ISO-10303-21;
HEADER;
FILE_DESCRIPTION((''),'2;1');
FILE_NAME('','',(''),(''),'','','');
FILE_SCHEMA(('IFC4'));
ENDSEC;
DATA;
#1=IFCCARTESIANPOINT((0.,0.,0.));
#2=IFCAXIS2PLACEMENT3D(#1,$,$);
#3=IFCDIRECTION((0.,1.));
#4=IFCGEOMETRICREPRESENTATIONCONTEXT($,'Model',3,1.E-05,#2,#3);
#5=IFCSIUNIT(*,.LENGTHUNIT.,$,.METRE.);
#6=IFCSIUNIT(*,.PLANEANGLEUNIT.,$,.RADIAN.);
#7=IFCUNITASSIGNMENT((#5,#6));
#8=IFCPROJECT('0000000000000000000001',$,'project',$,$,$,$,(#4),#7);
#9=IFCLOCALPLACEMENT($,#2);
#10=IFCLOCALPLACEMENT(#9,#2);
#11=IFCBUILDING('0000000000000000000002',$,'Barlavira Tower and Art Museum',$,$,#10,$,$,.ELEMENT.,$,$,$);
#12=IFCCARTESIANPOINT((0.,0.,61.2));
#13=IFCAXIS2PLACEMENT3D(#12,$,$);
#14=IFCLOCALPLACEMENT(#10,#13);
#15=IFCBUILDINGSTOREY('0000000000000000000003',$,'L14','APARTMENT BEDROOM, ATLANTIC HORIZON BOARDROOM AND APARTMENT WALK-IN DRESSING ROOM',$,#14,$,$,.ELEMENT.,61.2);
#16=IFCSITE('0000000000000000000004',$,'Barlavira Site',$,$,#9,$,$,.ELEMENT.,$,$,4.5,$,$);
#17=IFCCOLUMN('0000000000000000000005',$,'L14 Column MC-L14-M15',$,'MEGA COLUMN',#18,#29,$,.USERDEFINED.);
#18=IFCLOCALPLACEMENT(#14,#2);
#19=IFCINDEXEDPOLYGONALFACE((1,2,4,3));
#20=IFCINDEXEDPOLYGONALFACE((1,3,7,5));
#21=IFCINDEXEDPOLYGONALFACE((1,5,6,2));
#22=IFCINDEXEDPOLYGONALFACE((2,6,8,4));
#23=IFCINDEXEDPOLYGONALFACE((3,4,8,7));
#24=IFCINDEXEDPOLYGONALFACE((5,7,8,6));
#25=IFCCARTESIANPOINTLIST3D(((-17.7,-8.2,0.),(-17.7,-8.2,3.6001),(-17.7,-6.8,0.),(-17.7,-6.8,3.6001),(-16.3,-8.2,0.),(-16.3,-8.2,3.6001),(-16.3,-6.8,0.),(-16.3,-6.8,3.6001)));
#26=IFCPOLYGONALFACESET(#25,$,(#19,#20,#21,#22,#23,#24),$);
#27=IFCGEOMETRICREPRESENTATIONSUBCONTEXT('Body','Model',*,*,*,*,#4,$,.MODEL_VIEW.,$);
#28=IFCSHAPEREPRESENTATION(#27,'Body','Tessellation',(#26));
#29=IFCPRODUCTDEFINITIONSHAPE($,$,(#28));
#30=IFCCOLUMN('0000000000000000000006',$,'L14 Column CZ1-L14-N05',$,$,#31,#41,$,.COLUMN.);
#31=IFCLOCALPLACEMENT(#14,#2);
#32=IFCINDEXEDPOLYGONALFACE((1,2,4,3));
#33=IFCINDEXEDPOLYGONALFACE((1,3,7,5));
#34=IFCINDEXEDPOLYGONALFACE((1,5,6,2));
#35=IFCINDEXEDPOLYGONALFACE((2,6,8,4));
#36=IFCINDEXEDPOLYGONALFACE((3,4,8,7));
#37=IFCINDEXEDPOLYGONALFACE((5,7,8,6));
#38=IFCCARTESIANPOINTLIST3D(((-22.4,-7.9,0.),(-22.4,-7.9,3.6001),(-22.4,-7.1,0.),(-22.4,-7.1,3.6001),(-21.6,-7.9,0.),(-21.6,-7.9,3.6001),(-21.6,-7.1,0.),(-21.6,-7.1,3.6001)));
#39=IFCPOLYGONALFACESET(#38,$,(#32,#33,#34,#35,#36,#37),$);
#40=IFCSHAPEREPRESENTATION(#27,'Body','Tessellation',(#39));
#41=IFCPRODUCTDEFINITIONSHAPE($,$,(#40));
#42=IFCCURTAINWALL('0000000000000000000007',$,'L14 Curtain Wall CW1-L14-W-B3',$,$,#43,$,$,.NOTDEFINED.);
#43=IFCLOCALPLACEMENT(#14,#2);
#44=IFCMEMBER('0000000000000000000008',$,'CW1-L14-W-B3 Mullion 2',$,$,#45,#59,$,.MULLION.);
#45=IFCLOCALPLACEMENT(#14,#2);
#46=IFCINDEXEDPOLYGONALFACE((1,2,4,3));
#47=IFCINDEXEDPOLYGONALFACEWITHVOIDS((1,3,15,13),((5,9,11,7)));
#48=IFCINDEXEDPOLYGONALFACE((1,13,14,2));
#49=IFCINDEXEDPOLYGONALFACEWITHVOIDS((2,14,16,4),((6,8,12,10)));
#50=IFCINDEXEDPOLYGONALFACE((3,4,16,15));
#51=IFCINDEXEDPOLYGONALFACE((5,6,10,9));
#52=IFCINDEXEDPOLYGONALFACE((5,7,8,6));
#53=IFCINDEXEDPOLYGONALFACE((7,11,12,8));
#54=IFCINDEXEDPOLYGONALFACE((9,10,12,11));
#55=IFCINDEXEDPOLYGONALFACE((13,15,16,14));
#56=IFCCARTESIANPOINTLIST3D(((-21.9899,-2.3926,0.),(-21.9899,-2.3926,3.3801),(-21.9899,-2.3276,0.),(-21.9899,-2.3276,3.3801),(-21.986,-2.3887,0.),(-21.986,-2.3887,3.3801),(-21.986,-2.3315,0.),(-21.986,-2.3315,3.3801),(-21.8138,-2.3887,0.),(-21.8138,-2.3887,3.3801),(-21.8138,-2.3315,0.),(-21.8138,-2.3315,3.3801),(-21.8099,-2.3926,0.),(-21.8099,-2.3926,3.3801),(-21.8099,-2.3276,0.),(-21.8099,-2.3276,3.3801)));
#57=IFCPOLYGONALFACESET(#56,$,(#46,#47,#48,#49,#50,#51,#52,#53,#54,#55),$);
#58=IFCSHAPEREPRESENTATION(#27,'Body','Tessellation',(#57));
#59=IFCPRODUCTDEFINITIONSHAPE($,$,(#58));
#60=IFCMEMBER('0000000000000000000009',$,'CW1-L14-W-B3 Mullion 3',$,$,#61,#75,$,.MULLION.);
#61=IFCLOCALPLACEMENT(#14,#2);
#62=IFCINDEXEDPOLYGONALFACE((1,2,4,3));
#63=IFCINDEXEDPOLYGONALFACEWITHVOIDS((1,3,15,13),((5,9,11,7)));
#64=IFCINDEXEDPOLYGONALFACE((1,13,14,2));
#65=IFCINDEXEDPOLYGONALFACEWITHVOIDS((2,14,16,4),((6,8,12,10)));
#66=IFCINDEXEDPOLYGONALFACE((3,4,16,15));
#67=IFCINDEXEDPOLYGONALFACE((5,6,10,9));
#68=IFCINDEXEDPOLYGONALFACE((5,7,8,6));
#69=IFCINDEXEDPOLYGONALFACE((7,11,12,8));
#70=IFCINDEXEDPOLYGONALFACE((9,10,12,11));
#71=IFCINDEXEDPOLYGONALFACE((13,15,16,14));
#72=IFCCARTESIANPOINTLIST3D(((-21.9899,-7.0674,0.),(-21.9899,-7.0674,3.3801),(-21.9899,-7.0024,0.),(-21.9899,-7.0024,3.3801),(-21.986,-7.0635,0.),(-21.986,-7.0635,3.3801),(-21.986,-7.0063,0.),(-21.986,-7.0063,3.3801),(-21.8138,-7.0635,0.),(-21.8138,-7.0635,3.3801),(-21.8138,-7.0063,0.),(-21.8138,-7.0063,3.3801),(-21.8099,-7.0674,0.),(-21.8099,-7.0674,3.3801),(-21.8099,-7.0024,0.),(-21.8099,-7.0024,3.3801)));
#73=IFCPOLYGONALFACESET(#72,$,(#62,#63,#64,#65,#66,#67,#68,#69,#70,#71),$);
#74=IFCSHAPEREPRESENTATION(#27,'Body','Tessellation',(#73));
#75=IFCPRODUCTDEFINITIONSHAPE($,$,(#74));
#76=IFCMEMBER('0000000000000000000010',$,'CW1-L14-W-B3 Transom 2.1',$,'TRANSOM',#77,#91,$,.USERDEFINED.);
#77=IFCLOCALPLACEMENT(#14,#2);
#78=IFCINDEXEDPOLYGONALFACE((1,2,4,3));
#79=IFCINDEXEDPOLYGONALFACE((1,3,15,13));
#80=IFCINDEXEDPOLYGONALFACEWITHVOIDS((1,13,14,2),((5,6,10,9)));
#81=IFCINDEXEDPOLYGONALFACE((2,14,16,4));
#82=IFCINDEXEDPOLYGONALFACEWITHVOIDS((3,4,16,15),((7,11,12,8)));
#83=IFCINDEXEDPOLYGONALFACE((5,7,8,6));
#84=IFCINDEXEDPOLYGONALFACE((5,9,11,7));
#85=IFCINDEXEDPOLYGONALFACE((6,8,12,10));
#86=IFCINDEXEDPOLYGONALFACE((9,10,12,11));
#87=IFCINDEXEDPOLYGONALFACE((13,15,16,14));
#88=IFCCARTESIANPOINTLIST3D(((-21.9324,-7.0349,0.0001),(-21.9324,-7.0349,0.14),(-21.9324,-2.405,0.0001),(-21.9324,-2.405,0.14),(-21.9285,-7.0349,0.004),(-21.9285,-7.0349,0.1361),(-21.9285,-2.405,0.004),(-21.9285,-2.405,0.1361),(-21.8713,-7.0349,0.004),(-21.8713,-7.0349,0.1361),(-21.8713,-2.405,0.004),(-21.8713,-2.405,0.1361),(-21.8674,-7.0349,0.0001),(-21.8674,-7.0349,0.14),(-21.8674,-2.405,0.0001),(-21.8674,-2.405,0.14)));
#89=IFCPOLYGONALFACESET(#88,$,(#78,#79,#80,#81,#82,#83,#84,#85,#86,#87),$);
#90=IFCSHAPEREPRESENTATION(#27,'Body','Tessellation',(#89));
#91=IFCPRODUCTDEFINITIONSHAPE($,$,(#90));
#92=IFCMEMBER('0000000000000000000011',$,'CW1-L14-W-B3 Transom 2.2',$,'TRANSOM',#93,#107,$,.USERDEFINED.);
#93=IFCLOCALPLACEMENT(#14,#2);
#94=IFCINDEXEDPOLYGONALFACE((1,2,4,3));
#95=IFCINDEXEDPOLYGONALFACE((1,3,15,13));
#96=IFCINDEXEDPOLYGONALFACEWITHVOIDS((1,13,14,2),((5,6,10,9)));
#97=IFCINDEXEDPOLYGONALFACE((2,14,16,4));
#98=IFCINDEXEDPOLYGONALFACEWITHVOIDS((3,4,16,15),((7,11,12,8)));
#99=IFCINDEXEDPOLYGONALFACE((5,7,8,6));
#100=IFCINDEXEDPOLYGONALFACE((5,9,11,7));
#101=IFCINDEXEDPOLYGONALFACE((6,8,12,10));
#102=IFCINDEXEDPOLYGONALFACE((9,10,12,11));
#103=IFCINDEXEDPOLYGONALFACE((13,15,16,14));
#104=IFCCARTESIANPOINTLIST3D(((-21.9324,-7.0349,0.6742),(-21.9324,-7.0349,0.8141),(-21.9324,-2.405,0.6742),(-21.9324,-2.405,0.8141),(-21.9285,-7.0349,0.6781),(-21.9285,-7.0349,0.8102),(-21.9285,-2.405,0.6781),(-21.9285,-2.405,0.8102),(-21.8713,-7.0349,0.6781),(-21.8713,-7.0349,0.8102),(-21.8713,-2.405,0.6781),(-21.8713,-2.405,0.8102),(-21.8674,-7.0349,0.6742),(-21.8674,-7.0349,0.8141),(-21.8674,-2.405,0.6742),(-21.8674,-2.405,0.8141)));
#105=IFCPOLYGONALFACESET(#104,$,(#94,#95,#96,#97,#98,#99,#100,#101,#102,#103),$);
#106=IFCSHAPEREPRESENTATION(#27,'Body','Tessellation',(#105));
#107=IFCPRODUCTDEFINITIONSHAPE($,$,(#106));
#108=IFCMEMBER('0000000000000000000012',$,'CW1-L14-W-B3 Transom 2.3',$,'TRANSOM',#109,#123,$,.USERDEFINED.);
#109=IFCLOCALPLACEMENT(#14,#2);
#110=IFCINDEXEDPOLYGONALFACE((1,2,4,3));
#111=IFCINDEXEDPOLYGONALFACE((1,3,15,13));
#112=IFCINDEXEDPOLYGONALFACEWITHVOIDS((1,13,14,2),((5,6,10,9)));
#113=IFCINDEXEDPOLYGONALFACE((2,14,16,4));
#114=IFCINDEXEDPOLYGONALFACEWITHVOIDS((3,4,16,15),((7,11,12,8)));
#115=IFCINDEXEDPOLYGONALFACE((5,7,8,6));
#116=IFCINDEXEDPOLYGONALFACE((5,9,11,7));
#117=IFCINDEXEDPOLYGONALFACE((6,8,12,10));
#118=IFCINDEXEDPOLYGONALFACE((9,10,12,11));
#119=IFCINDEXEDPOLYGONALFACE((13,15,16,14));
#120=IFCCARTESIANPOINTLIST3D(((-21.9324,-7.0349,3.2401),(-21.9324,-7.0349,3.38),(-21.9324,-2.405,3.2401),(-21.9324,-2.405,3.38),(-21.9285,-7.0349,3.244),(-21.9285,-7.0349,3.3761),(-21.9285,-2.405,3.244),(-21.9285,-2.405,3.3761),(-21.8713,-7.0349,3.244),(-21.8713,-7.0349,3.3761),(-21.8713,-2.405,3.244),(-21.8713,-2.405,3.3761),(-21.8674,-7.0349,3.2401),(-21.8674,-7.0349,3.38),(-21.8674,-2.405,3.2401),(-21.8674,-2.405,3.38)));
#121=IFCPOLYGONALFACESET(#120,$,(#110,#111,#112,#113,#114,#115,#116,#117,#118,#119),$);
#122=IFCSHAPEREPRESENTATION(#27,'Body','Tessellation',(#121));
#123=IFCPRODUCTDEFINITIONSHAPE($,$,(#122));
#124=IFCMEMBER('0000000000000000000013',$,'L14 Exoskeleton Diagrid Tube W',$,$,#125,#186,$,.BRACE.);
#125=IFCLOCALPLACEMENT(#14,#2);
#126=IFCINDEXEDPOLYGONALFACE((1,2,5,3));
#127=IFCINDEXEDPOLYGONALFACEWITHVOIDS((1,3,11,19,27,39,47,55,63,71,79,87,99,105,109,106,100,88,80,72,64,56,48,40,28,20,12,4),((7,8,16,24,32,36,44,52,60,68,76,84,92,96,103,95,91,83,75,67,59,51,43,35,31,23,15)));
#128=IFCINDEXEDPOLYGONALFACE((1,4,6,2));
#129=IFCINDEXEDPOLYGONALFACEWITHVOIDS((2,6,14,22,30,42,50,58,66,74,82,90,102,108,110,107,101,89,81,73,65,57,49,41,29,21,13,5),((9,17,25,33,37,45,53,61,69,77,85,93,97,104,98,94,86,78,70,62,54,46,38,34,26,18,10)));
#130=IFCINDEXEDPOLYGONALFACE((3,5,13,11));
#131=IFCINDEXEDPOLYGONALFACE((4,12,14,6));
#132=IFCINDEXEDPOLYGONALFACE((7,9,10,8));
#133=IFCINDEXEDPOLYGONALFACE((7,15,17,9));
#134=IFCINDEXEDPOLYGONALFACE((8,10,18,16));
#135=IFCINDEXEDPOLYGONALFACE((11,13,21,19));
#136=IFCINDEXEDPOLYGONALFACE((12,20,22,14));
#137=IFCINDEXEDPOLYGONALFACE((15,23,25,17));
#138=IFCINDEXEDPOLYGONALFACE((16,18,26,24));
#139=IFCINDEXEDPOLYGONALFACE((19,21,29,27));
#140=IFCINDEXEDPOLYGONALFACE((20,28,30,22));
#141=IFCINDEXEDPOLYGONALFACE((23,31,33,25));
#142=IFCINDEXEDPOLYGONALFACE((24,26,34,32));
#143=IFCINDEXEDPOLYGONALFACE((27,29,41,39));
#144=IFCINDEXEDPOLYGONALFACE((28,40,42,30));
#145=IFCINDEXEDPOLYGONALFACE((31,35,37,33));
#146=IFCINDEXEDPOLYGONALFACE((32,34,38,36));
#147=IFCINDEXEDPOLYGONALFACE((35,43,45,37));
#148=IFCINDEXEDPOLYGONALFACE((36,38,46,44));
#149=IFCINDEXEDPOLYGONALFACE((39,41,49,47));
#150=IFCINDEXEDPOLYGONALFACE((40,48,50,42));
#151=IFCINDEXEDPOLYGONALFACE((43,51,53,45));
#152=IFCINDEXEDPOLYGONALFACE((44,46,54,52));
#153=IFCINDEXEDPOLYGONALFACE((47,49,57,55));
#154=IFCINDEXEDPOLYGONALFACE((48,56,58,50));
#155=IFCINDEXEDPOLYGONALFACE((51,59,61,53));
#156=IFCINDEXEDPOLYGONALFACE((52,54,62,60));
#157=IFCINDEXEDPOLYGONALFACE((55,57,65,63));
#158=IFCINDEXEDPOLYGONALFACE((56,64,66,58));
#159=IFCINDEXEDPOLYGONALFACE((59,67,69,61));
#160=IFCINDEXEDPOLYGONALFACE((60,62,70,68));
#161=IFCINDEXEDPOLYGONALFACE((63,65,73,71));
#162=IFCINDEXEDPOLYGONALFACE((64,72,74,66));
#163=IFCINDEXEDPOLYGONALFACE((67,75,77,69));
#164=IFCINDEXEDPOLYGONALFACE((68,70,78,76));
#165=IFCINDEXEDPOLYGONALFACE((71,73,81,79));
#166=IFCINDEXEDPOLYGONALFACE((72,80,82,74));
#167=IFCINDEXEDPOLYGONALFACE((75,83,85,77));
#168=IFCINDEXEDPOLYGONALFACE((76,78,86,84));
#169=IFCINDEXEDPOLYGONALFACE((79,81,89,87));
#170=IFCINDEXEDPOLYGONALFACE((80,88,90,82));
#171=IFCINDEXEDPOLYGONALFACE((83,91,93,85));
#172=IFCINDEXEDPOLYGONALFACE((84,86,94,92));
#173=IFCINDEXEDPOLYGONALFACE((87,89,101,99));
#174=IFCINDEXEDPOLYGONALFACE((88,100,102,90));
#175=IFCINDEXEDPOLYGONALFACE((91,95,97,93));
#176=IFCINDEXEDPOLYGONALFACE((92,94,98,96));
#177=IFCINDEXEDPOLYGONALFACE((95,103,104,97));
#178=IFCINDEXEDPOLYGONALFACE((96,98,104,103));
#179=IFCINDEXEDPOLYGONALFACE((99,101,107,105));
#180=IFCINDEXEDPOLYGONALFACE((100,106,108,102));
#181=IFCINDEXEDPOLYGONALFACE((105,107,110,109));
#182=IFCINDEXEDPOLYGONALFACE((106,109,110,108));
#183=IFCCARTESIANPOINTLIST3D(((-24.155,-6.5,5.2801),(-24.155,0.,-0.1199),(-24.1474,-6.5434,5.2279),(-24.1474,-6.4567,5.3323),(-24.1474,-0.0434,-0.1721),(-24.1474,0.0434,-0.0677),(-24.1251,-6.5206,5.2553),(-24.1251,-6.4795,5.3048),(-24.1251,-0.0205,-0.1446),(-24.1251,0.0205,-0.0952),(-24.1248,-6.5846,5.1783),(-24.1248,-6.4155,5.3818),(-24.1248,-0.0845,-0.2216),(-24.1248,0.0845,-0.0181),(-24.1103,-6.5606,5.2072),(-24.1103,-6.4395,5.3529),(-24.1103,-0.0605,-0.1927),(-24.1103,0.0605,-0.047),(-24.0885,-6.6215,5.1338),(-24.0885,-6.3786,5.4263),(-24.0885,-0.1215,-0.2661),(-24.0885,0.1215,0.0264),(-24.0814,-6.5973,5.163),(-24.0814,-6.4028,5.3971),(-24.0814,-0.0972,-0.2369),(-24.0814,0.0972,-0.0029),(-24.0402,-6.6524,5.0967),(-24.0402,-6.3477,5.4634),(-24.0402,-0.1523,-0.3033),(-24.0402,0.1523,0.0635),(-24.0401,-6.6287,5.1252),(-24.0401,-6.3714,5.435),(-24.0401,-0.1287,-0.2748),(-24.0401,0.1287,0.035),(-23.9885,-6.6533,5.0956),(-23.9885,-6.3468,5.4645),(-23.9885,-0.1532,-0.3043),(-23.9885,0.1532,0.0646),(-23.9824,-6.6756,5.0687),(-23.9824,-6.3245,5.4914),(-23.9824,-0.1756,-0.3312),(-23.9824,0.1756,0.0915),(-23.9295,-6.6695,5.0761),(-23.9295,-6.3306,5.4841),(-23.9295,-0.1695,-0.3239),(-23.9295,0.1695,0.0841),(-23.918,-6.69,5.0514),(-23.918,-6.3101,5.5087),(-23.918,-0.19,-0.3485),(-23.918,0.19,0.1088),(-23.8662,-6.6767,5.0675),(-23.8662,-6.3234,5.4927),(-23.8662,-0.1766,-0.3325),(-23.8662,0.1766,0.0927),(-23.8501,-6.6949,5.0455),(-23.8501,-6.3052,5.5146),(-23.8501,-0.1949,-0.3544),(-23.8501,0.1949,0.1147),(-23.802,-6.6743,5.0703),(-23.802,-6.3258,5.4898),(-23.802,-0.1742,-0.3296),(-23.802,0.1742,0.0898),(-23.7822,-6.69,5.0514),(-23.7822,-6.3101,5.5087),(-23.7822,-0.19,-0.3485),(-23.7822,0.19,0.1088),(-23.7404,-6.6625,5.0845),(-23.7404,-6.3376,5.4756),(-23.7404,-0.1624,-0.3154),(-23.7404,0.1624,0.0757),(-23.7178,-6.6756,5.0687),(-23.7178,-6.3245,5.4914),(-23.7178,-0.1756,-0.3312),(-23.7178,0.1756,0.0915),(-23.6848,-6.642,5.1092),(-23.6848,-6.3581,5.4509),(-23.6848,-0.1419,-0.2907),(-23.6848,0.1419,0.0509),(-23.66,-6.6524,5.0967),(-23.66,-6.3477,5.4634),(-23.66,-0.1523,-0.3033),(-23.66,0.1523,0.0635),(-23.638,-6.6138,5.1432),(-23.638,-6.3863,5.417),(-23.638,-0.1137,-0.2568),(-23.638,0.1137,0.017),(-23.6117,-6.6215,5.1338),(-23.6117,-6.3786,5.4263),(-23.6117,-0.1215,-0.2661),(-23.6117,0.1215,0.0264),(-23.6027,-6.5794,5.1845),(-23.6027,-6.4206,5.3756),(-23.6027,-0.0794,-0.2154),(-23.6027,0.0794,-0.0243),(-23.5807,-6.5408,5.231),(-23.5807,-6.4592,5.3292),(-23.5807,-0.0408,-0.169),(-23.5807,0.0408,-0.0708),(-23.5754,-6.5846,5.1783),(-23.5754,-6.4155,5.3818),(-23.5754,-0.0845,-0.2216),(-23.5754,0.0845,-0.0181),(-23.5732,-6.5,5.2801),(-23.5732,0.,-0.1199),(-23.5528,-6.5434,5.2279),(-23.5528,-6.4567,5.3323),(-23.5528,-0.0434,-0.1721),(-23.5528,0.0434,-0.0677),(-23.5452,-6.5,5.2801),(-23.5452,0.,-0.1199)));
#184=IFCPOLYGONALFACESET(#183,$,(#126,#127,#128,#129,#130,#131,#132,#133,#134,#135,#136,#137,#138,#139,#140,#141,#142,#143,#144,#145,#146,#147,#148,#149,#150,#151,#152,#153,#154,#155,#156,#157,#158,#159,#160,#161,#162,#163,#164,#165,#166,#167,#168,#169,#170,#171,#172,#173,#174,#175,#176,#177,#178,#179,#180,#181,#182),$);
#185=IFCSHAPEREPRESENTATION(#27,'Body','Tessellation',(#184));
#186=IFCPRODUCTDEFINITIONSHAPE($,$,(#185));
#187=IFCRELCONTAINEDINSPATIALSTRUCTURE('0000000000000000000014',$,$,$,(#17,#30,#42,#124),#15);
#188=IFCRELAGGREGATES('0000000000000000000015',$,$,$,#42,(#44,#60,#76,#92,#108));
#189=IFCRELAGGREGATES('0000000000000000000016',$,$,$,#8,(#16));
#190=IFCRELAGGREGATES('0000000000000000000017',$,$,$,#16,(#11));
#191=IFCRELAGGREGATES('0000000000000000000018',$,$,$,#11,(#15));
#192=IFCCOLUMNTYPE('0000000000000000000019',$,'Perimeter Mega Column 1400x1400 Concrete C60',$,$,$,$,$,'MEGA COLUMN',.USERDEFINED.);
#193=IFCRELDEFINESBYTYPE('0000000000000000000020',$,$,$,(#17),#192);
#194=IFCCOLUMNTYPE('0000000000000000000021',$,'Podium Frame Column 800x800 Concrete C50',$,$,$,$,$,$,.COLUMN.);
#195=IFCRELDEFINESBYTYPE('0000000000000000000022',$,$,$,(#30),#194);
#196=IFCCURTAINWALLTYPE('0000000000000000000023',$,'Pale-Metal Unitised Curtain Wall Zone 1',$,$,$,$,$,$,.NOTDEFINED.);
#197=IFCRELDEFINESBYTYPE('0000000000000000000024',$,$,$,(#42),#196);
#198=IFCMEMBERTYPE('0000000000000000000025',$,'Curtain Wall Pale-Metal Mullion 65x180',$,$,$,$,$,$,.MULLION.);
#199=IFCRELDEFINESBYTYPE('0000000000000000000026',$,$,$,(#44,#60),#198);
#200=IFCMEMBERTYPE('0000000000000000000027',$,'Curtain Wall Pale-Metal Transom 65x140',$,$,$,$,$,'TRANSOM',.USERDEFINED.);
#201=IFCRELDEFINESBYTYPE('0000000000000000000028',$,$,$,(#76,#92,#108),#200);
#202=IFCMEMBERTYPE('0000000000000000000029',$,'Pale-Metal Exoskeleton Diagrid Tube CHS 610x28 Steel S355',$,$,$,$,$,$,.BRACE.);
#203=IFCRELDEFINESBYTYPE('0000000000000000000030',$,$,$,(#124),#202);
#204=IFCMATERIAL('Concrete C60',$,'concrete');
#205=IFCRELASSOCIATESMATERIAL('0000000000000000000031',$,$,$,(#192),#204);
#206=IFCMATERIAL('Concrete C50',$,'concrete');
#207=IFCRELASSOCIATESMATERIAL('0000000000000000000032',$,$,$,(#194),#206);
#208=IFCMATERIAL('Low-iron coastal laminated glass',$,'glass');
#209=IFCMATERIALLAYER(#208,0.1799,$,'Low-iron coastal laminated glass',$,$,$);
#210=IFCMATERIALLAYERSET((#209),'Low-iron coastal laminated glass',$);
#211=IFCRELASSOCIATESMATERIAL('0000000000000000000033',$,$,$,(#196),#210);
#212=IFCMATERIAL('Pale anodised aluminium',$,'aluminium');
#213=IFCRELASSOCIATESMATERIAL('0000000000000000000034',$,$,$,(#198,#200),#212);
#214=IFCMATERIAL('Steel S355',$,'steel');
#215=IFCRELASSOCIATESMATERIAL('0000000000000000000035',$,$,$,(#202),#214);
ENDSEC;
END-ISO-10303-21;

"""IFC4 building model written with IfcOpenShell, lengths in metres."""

from ifc_helpers import new_model, si_unit, direction, frame, origin, origin_2d, place, context, subcontext, project, spatial, rectangle, hollow_rectangle, hollow_circle, extrude, material, layer, layer_set, material_profile, profile_set, type_object, element, aggregate, save


model = new_model("IFC4")

# Units and contexts
model_context = context("Model", 3, precision=1e-05, world=origin(), true_north=direction((0.0, 1.0)))
body_context = subcontext(model_context, "Body", "Model", "MODEL_VIEW")
ifc_project = project(units=[si_unit("LENGTHUNIT", "METRE"), si_unit("PLANEANGLEUNIT", "RADIAN")], contexts=[model_context])

# Site, building, storey
site_placement = place(None, origin())
site = spatial("IfcSite", under=ifc_project, at=site_placement, Name="Barlavira Site", CompositionType="ELEMENT", RefElevation=4.5)
building_placement = place(site_placement, origin())
building = spatial("IfcBuilding", under=site, at=building_placement, Name="Barlavira Tower and Art Museum", CompositionType="ELEMENT")
storey_placement = place(building_placement, frame((0.0, 0.0, 61.2)))
storey = spatial("IfcBuildingStorey", under=building, at=storey_placement, Name="L14", Description="APARTMENT BEDROOM, ATLANTIC HORIZON BOARDROOM AND APARTMENT WALK-IN DRESSING ROOM", CompositionType="ELEMENT", Elevation=61.2)

# Columns
ifc_material_1 = material(Name="Concrete C60", Category="concrete")
ifc_material_profile_1 = material_profile(ifc_material_1, rectangle(XDim=1.3999, YDim=1.3999, at=origin_2d()), Name="RC-MCOL 1400x1400")
ifc_profile_set_1 = profile_set([ifc_material_profile_1], Name="Concrete C60")
column_type_1 = type_object("IfcColumnType", Name="Perimeter Mega Column 1400x1400 Concrete C60", ElementType="MEGA COLUMN", PredefinedType="USERDEFINED", material=ifc_profile_set_1)
column_1_placement = place(storey_placement, frame((-17.0, -7.5, 0.0), z_axis=(0.0, 0.0, 1.0), x_axis=(1.0, 0.0, 0.0)))
element("IfcColumn", 1, at=column_1_placement, inside=storey, type_object=column_type_1, Name="L14 Column MC-L14-M15", ObjectType="MEGA COLUMN", PredefinedType="USERDEFINED", context=body_context, shape_type="SweptSolid", body=[
    extrude(rectangle(XDim=1.3999, YDim=1.3999, at=origin_2d()), origin(), (0.0, 0.0, 1.0), 3.6001),
])
ifc_material_2 = material(Name="Concrete C50", Category="concrete")
ifc_material_profile_2 = material_profile(ifc_material_2, rectangle(XDim=0.8, YDim=0.8, at=origin_2d()), Name="RC-COL 800x800")
ifc_profile_set_2 = profile_set([ifc_material_profile_2], Name="Concrete C50")
column_type_2 = type_object("IfcColumnType", Name="Podium Frame Column 800x800 Concrete C50", PredefinedType="COLUMN", material=ifc_profile_set_2)
column_2_placement = place(storey_placement, frame((-22.0, -7.5, 0.0), z_axis=(0.0, 0.0, 1.0), x_axis=(1.0, 0.0, 0.0)))
element("IfcColumn", 2, at=column_2_placement, inside=storey, type_object=column_type_2, Name="L14 Column CZ1-L14-N05", PredefinedType="COLUMN", context=body_context, shape_type="SweptSolid", body=[
    extrude(rectangle(XDim=0.8, YDim=0.8, at=origin_2d()), origin(), (0.0, 0.0, 1.0), 3.6001),
])

# Curtain wall, members
ifc_material_3 = material(Name="Low-iron coastal laminated glass", Category="glass")
ifc_layer_1 = layer(ifc_material_3, 0.1799, Name="Low-iron coastal laminated glass")
ifc_layer_set_1 = layer_set([ifc_layer_1], Name="Low-iron coastal laminated glass")
curtain_wall_type = type_object("IfcCurtainWallType", Name="Pale-Metal Unitised Curtain Wall Zone 1", PredefinedType="NOTDEFINED", material=ifc_layer_set_1)
curtain_wall_placement = place(storey_placement, origin())
curtain_wall = element("IfcCurtainWall", 3, at=curtain_wall_placement, inside=storey, type_object=curtain_wall_type, Name="L14 Curtain Wall CW1-L14-W-B3", PredefinedType="NOTDEFINED")
ifc_material_4 = material(Name="Pale anodised aluminium", Category="aluminium")
ifc_material_profile_3 = material_profile(ifc_material_4, hollow_rectangle(XDim=0.0649, YDim=0.1799, WallThickness=0.0039, at=origin_2d()), Name="ALU-MULL 65x180x4")
ifc_profile_set_3 = profile_set([ifc_material_profile_3], Name="Pale anodised aluminium")
member_type_1 = type_object("IfcMemberType", Name="Curtain Wall Pale-Metal Mullion 65x180", PredefinedType="MULLION", material=ifc_profile_set_3)
member_1_placement = place(storey_placement, frame((-21.8999, -2.3601, 0.0), z_axis=(0.0, 0.0, 1.0), x_axis=(0.0, -1.0, 0.0)))
member_1 = element("IfcMember", 4, at=member_1_placement, type_object=member_type_1, Name="CW1-L14-W-B3 Mullion 2", PredefinedType="MULLION", context=body_context, shape_type="SweptSolid", body=[
    extrude(hollow_rectangle(XDim=0.0649, YDim=0.1799, WallThickness=0.0039, at=origin_2d()), origin(), (0.0, 0.0, 1.0), 3.3801),
])
member_2_placement = place(storey_placement, frame((-21.8999, -7.0349, 0.0), z_axis=(0.0, 0.0, 1.0), x_axis=(0.0, -1.0, 0.0)))
member_2 = element("IfcMember", 5, at=member_2_placement, type_object=member_type_1, Name="CW1-L14-W-B3 Mullion 3", PredefinedType="MULLION", context=body_context, shape_type="SweptSolid", body=[
    extrude(hollow_rectangle(XDim=0.0649, YDim=0.1799, WallThickness=0.0039, at=origin_2d()), origin(), (0.0, 0.0, 1.0), 3.3801),
])
ifc_material_profile_4 = material_profile(ifc_material_4, hollow_rectangle(XDim=0.0649, YDim=0.1399, WallThickness=0.0039, at=origin_2d()), Name="ALU-TRAN 65x140x4")
ifc_profile_set_4 = profile_set([ifc_material_profile_4], Name="Pale anodised aluminium")
member_type_2 = type_object("IfcMemberType", Name="Curtain Wall Pale-Metal Transom 65x140", ElementType="TRANSOM", PredefinedType="USERDEFINED", material=ifc_profile_set_4)
member_3_placement = place(storey_placement, frame((-21.8999, -2.405, 0.0701), z_axis=(0.0, -1.0, 0.0), x_axis=(1.0, 0.0, 0.0)))
member_3 = element("IfcMember", 6, at=member_3_placement, type_object=member_type_2, Name="CW1-L14-W-B3 Transom 2.1", ObjectType="TRANSOM", PredefinedType="USERDEFINED", context=body_context, shape_type="SweptSolid", body=[
    extrude(hollow_rectangle(XDim=0.0649, YDim=0.1399, WallThickness=0.0039, at=origin_2d()), origin(), (0.0, 0.0, 1.0), 4.6299),
])
member_4_placement = place(storey_placement, frame((-21.8999, -2.405, 0.7441), z_axis=(0.0, -1.0, 0.0), x_axis=(1.0, 0.0, 0.0)))
member_4 = element("IfcMember", 7, at=member_4_placement, type_object=member_type_2, Name="CW1-L14-W-B3 Transom 2.2", ObjectType="TRANSOM", PredefinedType="USERDEFINED", context=body_context, shape_type="SweptSolid", body=[
    extrude(hollow_rectangle(XDim=0.0649, YDim=0.1399, WallThickness=0.0039, at=origin_2d()), origin(), (0.0, 0.0, 1.0), 4.6299),
])
member_5_placement = place(storey_placement, frame((-21.8999, -2.405, 3.3101), z_axis=(0.0, -1.0, 0.0), x_axis=(1.0, 0.0, 0.0)))
member_5 = element("IfcMember", 8, at=member_5_placement, type_object=member_type_2, Name="CW1-L14-W-B3 Transom 2.3", ObjectType="TRANSOM", PredefinedType="USERDEFINED", context=body_context, shape_type="SweptSolid", body=[
    extrude(hollow_rectangle(XDim=0.0649, YDim=0.1399, WallThickness=0.0039, at=origin_2d()), origin(), (0.0, 0.0, 1.0), 4.6299),
])

# Member
ifc_material_5 = material(Name="Steel S355", Category="steel")
ifc_material_profile_5 = material_profile(ifc_material_5, hollow_circle(Radius=0.3049, WallThickness=0.0281, at=origin_2d()), Name="CHS 610.0x28.0")
ifc_profile_set_5 = profile_set([ifc_material_profile_5], Name="Steel S355")
member_type_3 = type_object("IfcMemberType", Name="Pale-Metal Exoskeleton Diagrid Tube CHS 610x28 Steel S355", PredefinedType="BRACE", material=ifc_profile_set_5)
for number, where, z_axis, x_axis, name in (
    (9, (-23.8501, 0.0, -0.1199), (0.0, -0.769196, 0.639013), (1.0, 0.0, 0.0), "L14 Exoskeleton Diagrid Tube W"),
):
    element("IfcMember", number, at=place(storey_placement, frame(where, z_axis=z_axis, x_axis=x_axis)), inside=storey, type_object=member_type_3, Name=name, PredefinedType="BRACE", context=body_context, shape_type="SweptSolid", body=[
        extrude(hollow_circle(Radius=0.3049, WallThickness=0.0281, at=origin_2d()), origin(), (0.0, 0.0, 1.0), 8.4504),
    ])

aggregate(curtain_wall, [member_1, member_2, member_3, member_4, member_5])

save(model, "model.ifc")
